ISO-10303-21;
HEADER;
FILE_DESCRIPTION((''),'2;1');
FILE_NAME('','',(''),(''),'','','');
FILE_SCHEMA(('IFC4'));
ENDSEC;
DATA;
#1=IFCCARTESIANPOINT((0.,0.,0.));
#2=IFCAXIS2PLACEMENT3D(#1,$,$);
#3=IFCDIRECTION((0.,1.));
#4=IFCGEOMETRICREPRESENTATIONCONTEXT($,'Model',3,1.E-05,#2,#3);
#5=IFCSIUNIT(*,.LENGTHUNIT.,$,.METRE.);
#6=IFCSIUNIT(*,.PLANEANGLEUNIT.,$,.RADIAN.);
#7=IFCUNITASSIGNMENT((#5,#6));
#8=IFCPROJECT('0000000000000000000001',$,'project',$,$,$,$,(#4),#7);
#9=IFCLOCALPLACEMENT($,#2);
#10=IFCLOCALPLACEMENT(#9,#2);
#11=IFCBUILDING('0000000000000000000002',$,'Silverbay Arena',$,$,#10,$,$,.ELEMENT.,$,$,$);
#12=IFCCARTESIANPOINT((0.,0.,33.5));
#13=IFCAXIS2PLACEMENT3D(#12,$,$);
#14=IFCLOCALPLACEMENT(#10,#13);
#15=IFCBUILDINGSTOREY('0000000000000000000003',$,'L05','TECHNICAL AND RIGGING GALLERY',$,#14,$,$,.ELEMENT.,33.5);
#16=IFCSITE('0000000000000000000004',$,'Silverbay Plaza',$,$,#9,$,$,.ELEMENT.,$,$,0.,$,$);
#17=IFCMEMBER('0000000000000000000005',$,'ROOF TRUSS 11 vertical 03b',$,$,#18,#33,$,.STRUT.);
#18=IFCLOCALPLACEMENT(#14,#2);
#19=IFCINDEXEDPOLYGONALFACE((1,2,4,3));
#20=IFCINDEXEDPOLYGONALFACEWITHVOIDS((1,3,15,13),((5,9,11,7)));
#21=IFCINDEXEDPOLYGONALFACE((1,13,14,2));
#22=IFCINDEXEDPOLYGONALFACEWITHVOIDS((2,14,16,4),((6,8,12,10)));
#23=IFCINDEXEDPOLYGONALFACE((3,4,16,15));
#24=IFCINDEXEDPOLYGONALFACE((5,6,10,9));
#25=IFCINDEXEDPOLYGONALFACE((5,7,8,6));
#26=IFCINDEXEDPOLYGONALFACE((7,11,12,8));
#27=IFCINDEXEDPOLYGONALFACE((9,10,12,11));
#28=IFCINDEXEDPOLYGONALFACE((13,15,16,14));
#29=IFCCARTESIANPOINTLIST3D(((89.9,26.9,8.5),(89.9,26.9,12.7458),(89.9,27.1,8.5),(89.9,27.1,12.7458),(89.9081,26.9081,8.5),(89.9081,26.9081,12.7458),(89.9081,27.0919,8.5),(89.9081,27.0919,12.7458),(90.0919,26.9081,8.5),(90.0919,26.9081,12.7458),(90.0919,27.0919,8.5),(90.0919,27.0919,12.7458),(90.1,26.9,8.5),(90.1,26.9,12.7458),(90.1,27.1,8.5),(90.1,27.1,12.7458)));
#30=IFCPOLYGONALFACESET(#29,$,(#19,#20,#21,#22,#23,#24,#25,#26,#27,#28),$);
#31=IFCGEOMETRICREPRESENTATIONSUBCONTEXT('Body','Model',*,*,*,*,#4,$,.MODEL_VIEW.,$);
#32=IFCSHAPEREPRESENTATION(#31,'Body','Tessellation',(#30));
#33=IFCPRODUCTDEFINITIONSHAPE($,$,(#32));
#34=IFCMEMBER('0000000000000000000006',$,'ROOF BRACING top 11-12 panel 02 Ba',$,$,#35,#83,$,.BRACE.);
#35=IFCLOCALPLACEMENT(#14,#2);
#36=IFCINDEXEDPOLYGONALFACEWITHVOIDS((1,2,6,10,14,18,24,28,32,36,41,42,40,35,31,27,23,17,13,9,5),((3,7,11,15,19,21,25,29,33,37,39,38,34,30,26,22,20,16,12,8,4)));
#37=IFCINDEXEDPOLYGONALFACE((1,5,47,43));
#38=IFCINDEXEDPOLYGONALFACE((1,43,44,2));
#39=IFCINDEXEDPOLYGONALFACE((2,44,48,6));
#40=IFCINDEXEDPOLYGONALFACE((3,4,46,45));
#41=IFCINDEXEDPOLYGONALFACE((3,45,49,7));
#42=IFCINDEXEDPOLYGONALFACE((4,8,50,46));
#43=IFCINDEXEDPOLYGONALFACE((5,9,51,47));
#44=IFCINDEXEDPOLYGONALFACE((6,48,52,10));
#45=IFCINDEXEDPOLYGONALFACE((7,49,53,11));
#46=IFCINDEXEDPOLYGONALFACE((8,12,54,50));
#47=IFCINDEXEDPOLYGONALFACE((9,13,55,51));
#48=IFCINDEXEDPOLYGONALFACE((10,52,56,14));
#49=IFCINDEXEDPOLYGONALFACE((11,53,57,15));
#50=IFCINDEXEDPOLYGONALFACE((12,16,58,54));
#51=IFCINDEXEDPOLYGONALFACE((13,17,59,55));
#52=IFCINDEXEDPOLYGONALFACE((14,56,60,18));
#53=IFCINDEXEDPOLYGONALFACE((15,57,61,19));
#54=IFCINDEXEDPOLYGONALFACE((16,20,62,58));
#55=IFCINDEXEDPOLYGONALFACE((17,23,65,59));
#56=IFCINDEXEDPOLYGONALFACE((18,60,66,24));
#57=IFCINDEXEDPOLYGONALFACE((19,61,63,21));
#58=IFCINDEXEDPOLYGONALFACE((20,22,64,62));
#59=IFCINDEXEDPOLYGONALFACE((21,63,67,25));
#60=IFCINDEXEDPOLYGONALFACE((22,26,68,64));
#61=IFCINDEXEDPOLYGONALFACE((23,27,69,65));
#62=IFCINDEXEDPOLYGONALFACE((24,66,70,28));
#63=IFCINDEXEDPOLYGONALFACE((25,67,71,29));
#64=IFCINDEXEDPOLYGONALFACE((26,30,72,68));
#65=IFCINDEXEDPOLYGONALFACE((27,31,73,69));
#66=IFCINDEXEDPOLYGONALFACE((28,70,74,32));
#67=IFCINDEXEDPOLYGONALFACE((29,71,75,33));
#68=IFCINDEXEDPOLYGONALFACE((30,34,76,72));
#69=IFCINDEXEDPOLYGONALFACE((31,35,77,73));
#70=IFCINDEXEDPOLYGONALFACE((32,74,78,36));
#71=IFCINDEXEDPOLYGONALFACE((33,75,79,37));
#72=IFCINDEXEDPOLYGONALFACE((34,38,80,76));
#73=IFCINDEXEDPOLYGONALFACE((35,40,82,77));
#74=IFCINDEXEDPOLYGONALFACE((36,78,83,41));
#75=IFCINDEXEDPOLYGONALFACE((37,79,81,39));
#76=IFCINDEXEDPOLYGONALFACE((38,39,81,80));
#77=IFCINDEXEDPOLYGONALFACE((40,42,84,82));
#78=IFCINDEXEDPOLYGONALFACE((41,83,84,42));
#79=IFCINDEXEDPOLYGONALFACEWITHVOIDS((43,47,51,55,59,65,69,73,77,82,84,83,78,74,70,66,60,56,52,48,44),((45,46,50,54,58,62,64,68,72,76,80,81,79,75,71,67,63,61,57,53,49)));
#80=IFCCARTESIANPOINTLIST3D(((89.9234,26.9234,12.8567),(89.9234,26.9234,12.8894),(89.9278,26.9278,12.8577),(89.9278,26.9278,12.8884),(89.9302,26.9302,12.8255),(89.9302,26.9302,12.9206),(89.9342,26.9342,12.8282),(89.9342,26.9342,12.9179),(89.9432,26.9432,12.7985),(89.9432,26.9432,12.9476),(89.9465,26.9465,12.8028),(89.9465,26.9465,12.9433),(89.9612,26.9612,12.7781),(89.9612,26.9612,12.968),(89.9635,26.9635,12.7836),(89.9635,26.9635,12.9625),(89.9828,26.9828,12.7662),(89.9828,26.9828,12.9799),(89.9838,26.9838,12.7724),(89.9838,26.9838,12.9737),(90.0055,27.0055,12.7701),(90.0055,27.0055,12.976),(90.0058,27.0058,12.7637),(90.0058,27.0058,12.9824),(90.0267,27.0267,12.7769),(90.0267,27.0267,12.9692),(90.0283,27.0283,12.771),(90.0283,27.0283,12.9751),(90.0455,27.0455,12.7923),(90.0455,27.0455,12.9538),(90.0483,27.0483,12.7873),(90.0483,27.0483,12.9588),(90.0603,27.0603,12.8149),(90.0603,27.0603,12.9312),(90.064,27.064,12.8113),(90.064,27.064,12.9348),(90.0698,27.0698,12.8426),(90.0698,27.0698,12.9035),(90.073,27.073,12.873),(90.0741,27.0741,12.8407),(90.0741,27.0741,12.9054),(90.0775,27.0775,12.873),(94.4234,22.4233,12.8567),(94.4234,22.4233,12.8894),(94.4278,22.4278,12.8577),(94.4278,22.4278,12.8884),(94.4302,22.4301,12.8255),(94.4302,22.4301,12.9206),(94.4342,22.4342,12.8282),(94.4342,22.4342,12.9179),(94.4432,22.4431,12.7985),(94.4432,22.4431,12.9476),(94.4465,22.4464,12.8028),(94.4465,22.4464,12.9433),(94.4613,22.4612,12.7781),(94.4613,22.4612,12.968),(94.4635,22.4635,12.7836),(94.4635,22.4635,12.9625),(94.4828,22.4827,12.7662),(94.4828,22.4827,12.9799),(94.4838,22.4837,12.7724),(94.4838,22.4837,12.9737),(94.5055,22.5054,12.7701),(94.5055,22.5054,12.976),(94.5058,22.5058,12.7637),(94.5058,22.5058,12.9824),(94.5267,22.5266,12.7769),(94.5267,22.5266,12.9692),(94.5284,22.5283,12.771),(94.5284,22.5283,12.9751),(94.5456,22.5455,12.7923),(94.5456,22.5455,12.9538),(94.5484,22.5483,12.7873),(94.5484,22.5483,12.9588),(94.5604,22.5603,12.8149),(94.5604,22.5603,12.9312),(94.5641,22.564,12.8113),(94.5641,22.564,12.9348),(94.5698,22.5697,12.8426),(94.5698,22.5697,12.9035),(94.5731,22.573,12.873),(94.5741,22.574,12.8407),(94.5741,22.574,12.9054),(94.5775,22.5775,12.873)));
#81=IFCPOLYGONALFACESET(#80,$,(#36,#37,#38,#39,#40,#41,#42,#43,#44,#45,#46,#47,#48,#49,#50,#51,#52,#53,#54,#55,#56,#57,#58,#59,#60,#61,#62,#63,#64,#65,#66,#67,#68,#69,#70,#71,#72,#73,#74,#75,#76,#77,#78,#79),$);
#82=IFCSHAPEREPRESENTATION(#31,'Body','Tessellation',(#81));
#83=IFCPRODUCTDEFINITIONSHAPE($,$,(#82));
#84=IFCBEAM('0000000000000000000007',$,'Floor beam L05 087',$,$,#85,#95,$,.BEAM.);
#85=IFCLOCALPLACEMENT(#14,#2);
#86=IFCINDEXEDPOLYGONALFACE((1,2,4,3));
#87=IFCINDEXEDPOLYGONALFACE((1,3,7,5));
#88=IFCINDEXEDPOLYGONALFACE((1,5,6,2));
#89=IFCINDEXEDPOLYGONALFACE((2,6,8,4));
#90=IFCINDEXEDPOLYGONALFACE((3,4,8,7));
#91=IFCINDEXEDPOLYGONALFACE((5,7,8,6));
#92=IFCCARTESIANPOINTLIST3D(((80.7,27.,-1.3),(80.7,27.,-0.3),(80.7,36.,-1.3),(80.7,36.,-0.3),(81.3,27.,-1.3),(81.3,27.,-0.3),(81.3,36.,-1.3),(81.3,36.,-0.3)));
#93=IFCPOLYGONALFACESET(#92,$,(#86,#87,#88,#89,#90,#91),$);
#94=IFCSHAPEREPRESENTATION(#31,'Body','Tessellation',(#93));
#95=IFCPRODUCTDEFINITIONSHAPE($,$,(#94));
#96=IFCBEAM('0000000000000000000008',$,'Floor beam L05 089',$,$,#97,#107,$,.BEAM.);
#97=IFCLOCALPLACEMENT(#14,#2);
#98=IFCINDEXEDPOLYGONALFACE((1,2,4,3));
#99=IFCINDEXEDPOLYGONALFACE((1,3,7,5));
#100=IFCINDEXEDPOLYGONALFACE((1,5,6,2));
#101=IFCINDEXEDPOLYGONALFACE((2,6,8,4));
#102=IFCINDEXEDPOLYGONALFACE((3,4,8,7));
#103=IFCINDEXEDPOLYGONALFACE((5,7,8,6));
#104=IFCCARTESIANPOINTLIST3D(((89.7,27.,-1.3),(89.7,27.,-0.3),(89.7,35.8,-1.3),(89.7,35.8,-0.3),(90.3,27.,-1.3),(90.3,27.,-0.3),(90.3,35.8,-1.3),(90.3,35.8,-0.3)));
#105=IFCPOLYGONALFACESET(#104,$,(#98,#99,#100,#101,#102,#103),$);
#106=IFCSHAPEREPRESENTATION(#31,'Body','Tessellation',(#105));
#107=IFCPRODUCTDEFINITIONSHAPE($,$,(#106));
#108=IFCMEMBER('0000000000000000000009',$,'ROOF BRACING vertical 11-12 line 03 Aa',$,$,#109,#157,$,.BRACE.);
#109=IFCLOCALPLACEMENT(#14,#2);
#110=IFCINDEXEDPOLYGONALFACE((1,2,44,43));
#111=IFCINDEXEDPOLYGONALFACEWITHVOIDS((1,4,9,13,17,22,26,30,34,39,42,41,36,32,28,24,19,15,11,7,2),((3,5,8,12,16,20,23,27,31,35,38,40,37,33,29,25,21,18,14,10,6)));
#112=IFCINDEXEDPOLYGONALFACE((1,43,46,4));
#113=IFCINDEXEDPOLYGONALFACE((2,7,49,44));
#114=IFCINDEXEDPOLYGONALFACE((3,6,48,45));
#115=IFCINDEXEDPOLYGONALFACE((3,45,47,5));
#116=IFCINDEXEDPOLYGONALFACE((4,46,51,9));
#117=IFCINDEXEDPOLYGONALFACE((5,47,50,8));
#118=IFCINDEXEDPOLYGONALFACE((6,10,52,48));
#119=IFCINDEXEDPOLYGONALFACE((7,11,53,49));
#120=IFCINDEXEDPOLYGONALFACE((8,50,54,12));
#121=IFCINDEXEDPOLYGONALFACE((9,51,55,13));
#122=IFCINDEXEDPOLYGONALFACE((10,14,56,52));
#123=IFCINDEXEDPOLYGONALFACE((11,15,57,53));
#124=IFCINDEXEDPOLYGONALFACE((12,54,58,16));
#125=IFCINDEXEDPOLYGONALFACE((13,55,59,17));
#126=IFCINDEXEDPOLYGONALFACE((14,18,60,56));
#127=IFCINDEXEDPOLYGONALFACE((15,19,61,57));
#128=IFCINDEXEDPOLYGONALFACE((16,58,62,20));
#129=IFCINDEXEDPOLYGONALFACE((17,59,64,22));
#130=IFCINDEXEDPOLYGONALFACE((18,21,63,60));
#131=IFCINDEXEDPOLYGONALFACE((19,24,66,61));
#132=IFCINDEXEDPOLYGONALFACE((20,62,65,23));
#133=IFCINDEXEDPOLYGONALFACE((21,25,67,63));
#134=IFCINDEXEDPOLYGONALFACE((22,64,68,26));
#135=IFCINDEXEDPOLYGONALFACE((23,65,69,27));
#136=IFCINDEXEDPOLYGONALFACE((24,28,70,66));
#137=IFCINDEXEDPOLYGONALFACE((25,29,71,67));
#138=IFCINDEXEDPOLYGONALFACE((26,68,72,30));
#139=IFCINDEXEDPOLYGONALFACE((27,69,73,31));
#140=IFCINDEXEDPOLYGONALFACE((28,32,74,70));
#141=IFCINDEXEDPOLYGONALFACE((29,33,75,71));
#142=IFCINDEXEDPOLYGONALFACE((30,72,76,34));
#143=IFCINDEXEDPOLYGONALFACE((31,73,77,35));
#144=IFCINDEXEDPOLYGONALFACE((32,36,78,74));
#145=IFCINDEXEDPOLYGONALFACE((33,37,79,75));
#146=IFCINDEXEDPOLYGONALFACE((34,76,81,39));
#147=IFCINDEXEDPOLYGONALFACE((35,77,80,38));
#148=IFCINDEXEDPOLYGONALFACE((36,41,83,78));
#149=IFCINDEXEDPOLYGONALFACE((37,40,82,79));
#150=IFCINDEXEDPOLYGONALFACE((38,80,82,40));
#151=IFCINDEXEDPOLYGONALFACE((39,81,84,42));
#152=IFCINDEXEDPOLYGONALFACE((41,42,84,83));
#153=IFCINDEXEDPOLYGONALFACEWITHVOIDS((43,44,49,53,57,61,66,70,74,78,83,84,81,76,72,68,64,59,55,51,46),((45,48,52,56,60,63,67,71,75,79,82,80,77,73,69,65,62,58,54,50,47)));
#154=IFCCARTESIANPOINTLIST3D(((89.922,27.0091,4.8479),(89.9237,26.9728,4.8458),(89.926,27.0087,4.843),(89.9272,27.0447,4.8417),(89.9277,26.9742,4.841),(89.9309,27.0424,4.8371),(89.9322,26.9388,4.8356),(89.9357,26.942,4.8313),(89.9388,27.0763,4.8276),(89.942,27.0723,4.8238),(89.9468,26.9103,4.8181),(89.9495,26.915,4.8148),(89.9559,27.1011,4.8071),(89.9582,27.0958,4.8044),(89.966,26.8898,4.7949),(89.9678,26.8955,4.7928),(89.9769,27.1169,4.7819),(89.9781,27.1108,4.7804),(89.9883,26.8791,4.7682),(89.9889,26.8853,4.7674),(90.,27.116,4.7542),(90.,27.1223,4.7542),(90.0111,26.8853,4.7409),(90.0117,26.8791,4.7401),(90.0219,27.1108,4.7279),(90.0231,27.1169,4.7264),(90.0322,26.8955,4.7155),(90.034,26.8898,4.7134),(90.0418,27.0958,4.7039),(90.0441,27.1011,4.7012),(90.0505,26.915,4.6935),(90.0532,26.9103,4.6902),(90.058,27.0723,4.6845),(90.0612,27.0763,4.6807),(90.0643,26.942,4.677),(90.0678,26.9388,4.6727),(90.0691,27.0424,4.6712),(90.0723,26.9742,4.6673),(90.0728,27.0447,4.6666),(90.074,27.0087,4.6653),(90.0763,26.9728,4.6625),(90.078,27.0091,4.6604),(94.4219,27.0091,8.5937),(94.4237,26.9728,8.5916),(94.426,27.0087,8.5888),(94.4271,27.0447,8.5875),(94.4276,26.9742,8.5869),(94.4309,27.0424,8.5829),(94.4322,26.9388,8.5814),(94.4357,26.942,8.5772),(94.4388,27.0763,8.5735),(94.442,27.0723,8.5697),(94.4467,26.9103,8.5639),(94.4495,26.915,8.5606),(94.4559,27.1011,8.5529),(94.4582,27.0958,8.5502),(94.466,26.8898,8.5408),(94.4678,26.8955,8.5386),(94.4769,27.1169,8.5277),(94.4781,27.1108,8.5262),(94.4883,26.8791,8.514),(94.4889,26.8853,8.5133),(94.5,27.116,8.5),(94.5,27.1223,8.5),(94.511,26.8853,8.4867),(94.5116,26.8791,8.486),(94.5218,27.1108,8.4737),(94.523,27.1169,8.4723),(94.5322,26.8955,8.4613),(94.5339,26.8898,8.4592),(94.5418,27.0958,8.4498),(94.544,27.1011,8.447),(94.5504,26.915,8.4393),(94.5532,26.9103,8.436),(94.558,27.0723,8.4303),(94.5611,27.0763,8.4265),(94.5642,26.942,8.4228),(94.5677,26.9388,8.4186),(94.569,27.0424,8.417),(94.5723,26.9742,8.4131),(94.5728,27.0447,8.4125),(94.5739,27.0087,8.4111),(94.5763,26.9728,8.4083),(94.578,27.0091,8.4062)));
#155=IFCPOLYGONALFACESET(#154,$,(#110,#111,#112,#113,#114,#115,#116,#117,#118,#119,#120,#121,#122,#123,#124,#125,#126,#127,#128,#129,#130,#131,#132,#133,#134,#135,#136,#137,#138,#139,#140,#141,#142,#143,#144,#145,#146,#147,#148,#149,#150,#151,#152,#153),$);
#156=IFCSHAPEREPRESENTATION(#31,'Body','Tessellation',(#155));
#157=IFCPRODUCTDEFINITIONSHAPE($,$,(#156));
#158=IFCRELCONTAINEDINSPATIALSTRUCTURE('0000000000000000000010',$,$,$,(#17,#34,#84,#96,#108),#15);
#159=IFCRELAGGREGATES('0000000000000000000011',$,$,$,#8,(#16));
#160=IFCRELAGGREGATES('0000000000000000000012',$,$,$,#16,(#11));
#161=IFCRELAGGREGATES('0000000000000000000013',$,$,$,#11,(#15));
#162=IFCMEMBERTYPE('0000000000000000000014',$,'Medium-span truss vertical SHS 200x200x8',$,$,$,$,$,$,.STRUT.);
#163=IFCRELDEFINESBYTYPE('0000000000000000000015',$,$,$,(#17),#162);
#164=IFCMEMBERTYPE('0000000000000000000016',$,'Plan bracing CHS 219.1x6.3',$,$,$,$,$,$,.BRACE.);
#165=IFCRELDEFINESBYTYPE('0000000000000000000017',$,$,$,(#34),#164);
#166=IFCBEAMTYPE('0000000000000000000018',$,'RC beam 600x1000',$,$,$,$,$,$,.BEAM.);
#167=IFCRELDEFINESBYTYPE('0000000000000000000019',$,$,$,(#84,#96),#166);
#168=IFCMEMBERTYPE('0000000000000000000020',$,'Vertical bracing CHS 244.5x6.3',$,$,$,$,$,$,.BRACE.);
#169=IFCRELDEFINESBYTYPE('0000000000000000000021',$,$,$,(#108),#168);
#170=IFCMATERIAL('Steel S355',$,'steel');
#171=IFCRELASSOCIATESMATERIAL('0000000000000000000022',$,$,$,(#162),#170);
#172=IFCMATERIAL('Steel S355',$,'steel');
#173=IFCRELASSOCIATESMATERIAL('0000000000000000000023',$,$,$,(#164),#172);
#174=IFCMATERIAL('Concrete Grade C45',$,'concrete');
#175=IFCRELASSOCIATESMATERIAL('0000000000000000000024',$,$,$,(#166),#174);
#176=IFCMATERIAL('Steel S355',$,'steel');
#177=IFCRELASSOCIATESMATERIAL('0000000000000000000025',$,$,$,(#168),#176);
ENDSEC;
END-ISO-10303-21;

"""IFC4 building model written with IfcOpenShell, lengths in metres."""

from ifc_helpers import new_model, si_unit, direction, frame, origin, origin_2d, place, context, subcontext, project, spatial, rectangle, hollow_rectangle, hollow_circle, extrude, material, material_profile, profile_set, type_object, element, save


model = new_model("IFC4")

# Units and contexts
model_context = context("Model", 3, precision=1e-05, world=origin(), true_north=direction((0.0, 1.0)))
body_context = subcontext(model_context, "Body", "Model", "MODEL_VIEW")
ifc_project = project(units=[si_unit("LENGTHUNIT", "METRE"), si_unit("PLANEANGLEUNIT", "RADIAN")], contexts=[model_context])

# Site, building, storey
site_placement = place(None, origin())
site = spatial("IfcSite", under=ifc_project, at=site_placement, Name="Silverbay Plaza", CompositionType="ELEMENT", RefElevation=0.0)
building_placement = place(site_placement, origin())
building = spatial("IfcBuilding", under=site, at=building_placement, Name="Silverbay Arena", CompositionType="ELEMENT")
storey_placement = place(building_placement, frame((0.0, 0.0, 33.5)))
storey = spatial("IfcBuildingStorey", under=building, at=storey_placement, Name="L05", Description="TECHNICAL AND RIGGING GALLERY", CompositionType="ELEMENT", Elevation=33.5)

# Members
ifc_material_1 = material(Name="Steel S355", Category="steel")
ifc_material_profile_1 = material_profile(ifc_material_1, hollow_rectangle(XDim=0.2, YDim=0.2, WallThickness=0.0081, at=origin_2d()), Name="SHS 200x200x8")
ifc_profile_set_1 = profile_set([ifc_material_profile_1], Name="Steel S355")
member_type_1 = type_object("IfcMemberType", Name="Medium-span truss vertical SHS 200x200x8", PredefinedType="STRUT", material=ifc_profile_set_1)
for number, where, z_axis, x_axis, name in (
    (1, (90.0, 27.0, 8.5), (0.0, 0.0, 1.0), (1.0, 0.0, 0.0), "ROOF TRUSS 11 vertical 03b"),
):
    element("IfcMember", number, at=place(storey_placement, frame(where, z_axis=z_axis, x_axis=x_axis)), inside=storey, type_object=member_type_1, Name=name, PredefinedType="STRUT", context=body_context, shape_type="SweptSolid", body=[
        extrude(hollow_rectangle(XDim=0.2, YDim=0.2, WallThickness=0.0081, at=origin_2d()), origin(), (0.0, 0.0, 1.0), 4.2458),
    ])
ifc_material_2 = material(Name="Steel S355", Category="steel")
ifc_material_profile_2 = material_profile(ifc_material_2, hollow_circle(Radius=0.1096, WallThickness=0.0063, at=origin_2d()), Name="CHS 219.1x6.3")
ifc_profile_set_2 = profile_set([ifc_material_profile_2], Name="Steel S355")
member_type_2 = type_object("IfcMemberType", Name="Plan bracing CHS 219.1x6.3", PredefinedType="BRACE", material=ifc_profile_set_2)
member_1_placement = place(storey_placement, frame((90.0, 27.0, 12.873), z_axis=(0.707107, -0.707107, 0.0), x_axis=(0.707107, 0.707107, 0.0)))
element("IfcMember", 2, at=member_1_placement, inside=storey, type_object=member_type_2, Name="ROOF BRACING top 11-12 panel 02 Ba", PredefinedType="BRACE", context=body_context, shape_type="SweptSolid", body=[
    extrude(hollow_circle(Radius=0.1096, WallThickness=0.0063, at=origin_2d()), origin(), (0.0, 0.0, 1.0), 6.364),
])

# Beams
ifc_material_3 = material(Name="Concrete Grade C45", Category="concrete")
ifc_material_profile_3 = material_profile(ifc_material_3, rectangle(XDim=0.6001, YDim=1.0, at=origin_2d()), Name="RC 600x1000")
ifc_profile_set_3 = profile_set([ifc_material_profile_3], Name="Concrete Grade C45")
beam_type = type_object("IfcBeamType", Name="RC beam 600x1000", PredefinedType="BEAM", material=ifc_profile_set_3)
beam_1_placement = place(storey_placement, frame((81.0, 27.0, -0.8), z_axis=(0.0, 1.0, 0.0), x_axis=(-1.0, 0.0, 0.0)))
element("IfcBeam", 3, at=beam_1_placement, inside=storey, type_object=beam_type, Name="Floor beam L05 087", PredefinedType="BEAM", context=body_context, shape_type="SweptSolid", body=[
    extrude(rectangle(XDim=0.6001, YDim=1.0, at=origin_2d()), origin(), (0.0, 0.0, 1.0), 9.0),
])
beam_2_placement = place(storey_placement, frame((90.0, 27.0, -0.8), z_axis=(0.0, 1.0, 0.0), x_axis=(-1.0, 0.0, 0.0)))
element("IfcBeam", 4, at=beam_2_placement, inside=storey, type_object=beam_type, Name="Floor beam L05 089", PredefinedType="BEAM", context=body_context, shape_type="SweptSolid", body=[
    extrude(rectangle(XDim=0.6001, YDim=1.0, at=origin_2d()), origin(), (0.0, 0.0, 1.0), 8.8),
])

# Member
ifc_material_4 = material(Name="Steel S355", Category="steel")
ifc_material_profile_4 = material_profile(ifc_material_4, hollow_circle(Radius=0.1223, WallThickness=0.0063, at=origin_2d()), Name="CHS 244.5x6.3")
ifc_profile_set_4 = profile_set([ifc_material_profile_4], Name="Steel S355")
member_type_3 = type_object("IfcMemberType", Name="Vertical bracing CHS 244.5x6.3", PredefinedType="BRACE", material=ifc_profile_set_4)
for number, where, z_axis, x_axis, name in (
    (5, (90.0, 27.0, 4.7542), (0.76857, 0.0, 0.639766), (0.0, 1.0, 0.0), "ROOF BRACING vertical 11-12 line 03 Aa"),
):
    element("IfcMember", number, at=place(storey_placement, frame(where, z_axis=z_axis, x_axis=x_axis)), inside=storey, type_object=member_type_3, Name=name, PredefinedType="BRACE", context=body_context, shape_type="SweptSolid", body=[
        extrude(hollow_circle(Radius=0.1223, WallThickness=0.0063, at=origin_2d()), origin(), (0.0, 0.0, 1.0), 5.855),
    ])

save(model, "model.ifc")
